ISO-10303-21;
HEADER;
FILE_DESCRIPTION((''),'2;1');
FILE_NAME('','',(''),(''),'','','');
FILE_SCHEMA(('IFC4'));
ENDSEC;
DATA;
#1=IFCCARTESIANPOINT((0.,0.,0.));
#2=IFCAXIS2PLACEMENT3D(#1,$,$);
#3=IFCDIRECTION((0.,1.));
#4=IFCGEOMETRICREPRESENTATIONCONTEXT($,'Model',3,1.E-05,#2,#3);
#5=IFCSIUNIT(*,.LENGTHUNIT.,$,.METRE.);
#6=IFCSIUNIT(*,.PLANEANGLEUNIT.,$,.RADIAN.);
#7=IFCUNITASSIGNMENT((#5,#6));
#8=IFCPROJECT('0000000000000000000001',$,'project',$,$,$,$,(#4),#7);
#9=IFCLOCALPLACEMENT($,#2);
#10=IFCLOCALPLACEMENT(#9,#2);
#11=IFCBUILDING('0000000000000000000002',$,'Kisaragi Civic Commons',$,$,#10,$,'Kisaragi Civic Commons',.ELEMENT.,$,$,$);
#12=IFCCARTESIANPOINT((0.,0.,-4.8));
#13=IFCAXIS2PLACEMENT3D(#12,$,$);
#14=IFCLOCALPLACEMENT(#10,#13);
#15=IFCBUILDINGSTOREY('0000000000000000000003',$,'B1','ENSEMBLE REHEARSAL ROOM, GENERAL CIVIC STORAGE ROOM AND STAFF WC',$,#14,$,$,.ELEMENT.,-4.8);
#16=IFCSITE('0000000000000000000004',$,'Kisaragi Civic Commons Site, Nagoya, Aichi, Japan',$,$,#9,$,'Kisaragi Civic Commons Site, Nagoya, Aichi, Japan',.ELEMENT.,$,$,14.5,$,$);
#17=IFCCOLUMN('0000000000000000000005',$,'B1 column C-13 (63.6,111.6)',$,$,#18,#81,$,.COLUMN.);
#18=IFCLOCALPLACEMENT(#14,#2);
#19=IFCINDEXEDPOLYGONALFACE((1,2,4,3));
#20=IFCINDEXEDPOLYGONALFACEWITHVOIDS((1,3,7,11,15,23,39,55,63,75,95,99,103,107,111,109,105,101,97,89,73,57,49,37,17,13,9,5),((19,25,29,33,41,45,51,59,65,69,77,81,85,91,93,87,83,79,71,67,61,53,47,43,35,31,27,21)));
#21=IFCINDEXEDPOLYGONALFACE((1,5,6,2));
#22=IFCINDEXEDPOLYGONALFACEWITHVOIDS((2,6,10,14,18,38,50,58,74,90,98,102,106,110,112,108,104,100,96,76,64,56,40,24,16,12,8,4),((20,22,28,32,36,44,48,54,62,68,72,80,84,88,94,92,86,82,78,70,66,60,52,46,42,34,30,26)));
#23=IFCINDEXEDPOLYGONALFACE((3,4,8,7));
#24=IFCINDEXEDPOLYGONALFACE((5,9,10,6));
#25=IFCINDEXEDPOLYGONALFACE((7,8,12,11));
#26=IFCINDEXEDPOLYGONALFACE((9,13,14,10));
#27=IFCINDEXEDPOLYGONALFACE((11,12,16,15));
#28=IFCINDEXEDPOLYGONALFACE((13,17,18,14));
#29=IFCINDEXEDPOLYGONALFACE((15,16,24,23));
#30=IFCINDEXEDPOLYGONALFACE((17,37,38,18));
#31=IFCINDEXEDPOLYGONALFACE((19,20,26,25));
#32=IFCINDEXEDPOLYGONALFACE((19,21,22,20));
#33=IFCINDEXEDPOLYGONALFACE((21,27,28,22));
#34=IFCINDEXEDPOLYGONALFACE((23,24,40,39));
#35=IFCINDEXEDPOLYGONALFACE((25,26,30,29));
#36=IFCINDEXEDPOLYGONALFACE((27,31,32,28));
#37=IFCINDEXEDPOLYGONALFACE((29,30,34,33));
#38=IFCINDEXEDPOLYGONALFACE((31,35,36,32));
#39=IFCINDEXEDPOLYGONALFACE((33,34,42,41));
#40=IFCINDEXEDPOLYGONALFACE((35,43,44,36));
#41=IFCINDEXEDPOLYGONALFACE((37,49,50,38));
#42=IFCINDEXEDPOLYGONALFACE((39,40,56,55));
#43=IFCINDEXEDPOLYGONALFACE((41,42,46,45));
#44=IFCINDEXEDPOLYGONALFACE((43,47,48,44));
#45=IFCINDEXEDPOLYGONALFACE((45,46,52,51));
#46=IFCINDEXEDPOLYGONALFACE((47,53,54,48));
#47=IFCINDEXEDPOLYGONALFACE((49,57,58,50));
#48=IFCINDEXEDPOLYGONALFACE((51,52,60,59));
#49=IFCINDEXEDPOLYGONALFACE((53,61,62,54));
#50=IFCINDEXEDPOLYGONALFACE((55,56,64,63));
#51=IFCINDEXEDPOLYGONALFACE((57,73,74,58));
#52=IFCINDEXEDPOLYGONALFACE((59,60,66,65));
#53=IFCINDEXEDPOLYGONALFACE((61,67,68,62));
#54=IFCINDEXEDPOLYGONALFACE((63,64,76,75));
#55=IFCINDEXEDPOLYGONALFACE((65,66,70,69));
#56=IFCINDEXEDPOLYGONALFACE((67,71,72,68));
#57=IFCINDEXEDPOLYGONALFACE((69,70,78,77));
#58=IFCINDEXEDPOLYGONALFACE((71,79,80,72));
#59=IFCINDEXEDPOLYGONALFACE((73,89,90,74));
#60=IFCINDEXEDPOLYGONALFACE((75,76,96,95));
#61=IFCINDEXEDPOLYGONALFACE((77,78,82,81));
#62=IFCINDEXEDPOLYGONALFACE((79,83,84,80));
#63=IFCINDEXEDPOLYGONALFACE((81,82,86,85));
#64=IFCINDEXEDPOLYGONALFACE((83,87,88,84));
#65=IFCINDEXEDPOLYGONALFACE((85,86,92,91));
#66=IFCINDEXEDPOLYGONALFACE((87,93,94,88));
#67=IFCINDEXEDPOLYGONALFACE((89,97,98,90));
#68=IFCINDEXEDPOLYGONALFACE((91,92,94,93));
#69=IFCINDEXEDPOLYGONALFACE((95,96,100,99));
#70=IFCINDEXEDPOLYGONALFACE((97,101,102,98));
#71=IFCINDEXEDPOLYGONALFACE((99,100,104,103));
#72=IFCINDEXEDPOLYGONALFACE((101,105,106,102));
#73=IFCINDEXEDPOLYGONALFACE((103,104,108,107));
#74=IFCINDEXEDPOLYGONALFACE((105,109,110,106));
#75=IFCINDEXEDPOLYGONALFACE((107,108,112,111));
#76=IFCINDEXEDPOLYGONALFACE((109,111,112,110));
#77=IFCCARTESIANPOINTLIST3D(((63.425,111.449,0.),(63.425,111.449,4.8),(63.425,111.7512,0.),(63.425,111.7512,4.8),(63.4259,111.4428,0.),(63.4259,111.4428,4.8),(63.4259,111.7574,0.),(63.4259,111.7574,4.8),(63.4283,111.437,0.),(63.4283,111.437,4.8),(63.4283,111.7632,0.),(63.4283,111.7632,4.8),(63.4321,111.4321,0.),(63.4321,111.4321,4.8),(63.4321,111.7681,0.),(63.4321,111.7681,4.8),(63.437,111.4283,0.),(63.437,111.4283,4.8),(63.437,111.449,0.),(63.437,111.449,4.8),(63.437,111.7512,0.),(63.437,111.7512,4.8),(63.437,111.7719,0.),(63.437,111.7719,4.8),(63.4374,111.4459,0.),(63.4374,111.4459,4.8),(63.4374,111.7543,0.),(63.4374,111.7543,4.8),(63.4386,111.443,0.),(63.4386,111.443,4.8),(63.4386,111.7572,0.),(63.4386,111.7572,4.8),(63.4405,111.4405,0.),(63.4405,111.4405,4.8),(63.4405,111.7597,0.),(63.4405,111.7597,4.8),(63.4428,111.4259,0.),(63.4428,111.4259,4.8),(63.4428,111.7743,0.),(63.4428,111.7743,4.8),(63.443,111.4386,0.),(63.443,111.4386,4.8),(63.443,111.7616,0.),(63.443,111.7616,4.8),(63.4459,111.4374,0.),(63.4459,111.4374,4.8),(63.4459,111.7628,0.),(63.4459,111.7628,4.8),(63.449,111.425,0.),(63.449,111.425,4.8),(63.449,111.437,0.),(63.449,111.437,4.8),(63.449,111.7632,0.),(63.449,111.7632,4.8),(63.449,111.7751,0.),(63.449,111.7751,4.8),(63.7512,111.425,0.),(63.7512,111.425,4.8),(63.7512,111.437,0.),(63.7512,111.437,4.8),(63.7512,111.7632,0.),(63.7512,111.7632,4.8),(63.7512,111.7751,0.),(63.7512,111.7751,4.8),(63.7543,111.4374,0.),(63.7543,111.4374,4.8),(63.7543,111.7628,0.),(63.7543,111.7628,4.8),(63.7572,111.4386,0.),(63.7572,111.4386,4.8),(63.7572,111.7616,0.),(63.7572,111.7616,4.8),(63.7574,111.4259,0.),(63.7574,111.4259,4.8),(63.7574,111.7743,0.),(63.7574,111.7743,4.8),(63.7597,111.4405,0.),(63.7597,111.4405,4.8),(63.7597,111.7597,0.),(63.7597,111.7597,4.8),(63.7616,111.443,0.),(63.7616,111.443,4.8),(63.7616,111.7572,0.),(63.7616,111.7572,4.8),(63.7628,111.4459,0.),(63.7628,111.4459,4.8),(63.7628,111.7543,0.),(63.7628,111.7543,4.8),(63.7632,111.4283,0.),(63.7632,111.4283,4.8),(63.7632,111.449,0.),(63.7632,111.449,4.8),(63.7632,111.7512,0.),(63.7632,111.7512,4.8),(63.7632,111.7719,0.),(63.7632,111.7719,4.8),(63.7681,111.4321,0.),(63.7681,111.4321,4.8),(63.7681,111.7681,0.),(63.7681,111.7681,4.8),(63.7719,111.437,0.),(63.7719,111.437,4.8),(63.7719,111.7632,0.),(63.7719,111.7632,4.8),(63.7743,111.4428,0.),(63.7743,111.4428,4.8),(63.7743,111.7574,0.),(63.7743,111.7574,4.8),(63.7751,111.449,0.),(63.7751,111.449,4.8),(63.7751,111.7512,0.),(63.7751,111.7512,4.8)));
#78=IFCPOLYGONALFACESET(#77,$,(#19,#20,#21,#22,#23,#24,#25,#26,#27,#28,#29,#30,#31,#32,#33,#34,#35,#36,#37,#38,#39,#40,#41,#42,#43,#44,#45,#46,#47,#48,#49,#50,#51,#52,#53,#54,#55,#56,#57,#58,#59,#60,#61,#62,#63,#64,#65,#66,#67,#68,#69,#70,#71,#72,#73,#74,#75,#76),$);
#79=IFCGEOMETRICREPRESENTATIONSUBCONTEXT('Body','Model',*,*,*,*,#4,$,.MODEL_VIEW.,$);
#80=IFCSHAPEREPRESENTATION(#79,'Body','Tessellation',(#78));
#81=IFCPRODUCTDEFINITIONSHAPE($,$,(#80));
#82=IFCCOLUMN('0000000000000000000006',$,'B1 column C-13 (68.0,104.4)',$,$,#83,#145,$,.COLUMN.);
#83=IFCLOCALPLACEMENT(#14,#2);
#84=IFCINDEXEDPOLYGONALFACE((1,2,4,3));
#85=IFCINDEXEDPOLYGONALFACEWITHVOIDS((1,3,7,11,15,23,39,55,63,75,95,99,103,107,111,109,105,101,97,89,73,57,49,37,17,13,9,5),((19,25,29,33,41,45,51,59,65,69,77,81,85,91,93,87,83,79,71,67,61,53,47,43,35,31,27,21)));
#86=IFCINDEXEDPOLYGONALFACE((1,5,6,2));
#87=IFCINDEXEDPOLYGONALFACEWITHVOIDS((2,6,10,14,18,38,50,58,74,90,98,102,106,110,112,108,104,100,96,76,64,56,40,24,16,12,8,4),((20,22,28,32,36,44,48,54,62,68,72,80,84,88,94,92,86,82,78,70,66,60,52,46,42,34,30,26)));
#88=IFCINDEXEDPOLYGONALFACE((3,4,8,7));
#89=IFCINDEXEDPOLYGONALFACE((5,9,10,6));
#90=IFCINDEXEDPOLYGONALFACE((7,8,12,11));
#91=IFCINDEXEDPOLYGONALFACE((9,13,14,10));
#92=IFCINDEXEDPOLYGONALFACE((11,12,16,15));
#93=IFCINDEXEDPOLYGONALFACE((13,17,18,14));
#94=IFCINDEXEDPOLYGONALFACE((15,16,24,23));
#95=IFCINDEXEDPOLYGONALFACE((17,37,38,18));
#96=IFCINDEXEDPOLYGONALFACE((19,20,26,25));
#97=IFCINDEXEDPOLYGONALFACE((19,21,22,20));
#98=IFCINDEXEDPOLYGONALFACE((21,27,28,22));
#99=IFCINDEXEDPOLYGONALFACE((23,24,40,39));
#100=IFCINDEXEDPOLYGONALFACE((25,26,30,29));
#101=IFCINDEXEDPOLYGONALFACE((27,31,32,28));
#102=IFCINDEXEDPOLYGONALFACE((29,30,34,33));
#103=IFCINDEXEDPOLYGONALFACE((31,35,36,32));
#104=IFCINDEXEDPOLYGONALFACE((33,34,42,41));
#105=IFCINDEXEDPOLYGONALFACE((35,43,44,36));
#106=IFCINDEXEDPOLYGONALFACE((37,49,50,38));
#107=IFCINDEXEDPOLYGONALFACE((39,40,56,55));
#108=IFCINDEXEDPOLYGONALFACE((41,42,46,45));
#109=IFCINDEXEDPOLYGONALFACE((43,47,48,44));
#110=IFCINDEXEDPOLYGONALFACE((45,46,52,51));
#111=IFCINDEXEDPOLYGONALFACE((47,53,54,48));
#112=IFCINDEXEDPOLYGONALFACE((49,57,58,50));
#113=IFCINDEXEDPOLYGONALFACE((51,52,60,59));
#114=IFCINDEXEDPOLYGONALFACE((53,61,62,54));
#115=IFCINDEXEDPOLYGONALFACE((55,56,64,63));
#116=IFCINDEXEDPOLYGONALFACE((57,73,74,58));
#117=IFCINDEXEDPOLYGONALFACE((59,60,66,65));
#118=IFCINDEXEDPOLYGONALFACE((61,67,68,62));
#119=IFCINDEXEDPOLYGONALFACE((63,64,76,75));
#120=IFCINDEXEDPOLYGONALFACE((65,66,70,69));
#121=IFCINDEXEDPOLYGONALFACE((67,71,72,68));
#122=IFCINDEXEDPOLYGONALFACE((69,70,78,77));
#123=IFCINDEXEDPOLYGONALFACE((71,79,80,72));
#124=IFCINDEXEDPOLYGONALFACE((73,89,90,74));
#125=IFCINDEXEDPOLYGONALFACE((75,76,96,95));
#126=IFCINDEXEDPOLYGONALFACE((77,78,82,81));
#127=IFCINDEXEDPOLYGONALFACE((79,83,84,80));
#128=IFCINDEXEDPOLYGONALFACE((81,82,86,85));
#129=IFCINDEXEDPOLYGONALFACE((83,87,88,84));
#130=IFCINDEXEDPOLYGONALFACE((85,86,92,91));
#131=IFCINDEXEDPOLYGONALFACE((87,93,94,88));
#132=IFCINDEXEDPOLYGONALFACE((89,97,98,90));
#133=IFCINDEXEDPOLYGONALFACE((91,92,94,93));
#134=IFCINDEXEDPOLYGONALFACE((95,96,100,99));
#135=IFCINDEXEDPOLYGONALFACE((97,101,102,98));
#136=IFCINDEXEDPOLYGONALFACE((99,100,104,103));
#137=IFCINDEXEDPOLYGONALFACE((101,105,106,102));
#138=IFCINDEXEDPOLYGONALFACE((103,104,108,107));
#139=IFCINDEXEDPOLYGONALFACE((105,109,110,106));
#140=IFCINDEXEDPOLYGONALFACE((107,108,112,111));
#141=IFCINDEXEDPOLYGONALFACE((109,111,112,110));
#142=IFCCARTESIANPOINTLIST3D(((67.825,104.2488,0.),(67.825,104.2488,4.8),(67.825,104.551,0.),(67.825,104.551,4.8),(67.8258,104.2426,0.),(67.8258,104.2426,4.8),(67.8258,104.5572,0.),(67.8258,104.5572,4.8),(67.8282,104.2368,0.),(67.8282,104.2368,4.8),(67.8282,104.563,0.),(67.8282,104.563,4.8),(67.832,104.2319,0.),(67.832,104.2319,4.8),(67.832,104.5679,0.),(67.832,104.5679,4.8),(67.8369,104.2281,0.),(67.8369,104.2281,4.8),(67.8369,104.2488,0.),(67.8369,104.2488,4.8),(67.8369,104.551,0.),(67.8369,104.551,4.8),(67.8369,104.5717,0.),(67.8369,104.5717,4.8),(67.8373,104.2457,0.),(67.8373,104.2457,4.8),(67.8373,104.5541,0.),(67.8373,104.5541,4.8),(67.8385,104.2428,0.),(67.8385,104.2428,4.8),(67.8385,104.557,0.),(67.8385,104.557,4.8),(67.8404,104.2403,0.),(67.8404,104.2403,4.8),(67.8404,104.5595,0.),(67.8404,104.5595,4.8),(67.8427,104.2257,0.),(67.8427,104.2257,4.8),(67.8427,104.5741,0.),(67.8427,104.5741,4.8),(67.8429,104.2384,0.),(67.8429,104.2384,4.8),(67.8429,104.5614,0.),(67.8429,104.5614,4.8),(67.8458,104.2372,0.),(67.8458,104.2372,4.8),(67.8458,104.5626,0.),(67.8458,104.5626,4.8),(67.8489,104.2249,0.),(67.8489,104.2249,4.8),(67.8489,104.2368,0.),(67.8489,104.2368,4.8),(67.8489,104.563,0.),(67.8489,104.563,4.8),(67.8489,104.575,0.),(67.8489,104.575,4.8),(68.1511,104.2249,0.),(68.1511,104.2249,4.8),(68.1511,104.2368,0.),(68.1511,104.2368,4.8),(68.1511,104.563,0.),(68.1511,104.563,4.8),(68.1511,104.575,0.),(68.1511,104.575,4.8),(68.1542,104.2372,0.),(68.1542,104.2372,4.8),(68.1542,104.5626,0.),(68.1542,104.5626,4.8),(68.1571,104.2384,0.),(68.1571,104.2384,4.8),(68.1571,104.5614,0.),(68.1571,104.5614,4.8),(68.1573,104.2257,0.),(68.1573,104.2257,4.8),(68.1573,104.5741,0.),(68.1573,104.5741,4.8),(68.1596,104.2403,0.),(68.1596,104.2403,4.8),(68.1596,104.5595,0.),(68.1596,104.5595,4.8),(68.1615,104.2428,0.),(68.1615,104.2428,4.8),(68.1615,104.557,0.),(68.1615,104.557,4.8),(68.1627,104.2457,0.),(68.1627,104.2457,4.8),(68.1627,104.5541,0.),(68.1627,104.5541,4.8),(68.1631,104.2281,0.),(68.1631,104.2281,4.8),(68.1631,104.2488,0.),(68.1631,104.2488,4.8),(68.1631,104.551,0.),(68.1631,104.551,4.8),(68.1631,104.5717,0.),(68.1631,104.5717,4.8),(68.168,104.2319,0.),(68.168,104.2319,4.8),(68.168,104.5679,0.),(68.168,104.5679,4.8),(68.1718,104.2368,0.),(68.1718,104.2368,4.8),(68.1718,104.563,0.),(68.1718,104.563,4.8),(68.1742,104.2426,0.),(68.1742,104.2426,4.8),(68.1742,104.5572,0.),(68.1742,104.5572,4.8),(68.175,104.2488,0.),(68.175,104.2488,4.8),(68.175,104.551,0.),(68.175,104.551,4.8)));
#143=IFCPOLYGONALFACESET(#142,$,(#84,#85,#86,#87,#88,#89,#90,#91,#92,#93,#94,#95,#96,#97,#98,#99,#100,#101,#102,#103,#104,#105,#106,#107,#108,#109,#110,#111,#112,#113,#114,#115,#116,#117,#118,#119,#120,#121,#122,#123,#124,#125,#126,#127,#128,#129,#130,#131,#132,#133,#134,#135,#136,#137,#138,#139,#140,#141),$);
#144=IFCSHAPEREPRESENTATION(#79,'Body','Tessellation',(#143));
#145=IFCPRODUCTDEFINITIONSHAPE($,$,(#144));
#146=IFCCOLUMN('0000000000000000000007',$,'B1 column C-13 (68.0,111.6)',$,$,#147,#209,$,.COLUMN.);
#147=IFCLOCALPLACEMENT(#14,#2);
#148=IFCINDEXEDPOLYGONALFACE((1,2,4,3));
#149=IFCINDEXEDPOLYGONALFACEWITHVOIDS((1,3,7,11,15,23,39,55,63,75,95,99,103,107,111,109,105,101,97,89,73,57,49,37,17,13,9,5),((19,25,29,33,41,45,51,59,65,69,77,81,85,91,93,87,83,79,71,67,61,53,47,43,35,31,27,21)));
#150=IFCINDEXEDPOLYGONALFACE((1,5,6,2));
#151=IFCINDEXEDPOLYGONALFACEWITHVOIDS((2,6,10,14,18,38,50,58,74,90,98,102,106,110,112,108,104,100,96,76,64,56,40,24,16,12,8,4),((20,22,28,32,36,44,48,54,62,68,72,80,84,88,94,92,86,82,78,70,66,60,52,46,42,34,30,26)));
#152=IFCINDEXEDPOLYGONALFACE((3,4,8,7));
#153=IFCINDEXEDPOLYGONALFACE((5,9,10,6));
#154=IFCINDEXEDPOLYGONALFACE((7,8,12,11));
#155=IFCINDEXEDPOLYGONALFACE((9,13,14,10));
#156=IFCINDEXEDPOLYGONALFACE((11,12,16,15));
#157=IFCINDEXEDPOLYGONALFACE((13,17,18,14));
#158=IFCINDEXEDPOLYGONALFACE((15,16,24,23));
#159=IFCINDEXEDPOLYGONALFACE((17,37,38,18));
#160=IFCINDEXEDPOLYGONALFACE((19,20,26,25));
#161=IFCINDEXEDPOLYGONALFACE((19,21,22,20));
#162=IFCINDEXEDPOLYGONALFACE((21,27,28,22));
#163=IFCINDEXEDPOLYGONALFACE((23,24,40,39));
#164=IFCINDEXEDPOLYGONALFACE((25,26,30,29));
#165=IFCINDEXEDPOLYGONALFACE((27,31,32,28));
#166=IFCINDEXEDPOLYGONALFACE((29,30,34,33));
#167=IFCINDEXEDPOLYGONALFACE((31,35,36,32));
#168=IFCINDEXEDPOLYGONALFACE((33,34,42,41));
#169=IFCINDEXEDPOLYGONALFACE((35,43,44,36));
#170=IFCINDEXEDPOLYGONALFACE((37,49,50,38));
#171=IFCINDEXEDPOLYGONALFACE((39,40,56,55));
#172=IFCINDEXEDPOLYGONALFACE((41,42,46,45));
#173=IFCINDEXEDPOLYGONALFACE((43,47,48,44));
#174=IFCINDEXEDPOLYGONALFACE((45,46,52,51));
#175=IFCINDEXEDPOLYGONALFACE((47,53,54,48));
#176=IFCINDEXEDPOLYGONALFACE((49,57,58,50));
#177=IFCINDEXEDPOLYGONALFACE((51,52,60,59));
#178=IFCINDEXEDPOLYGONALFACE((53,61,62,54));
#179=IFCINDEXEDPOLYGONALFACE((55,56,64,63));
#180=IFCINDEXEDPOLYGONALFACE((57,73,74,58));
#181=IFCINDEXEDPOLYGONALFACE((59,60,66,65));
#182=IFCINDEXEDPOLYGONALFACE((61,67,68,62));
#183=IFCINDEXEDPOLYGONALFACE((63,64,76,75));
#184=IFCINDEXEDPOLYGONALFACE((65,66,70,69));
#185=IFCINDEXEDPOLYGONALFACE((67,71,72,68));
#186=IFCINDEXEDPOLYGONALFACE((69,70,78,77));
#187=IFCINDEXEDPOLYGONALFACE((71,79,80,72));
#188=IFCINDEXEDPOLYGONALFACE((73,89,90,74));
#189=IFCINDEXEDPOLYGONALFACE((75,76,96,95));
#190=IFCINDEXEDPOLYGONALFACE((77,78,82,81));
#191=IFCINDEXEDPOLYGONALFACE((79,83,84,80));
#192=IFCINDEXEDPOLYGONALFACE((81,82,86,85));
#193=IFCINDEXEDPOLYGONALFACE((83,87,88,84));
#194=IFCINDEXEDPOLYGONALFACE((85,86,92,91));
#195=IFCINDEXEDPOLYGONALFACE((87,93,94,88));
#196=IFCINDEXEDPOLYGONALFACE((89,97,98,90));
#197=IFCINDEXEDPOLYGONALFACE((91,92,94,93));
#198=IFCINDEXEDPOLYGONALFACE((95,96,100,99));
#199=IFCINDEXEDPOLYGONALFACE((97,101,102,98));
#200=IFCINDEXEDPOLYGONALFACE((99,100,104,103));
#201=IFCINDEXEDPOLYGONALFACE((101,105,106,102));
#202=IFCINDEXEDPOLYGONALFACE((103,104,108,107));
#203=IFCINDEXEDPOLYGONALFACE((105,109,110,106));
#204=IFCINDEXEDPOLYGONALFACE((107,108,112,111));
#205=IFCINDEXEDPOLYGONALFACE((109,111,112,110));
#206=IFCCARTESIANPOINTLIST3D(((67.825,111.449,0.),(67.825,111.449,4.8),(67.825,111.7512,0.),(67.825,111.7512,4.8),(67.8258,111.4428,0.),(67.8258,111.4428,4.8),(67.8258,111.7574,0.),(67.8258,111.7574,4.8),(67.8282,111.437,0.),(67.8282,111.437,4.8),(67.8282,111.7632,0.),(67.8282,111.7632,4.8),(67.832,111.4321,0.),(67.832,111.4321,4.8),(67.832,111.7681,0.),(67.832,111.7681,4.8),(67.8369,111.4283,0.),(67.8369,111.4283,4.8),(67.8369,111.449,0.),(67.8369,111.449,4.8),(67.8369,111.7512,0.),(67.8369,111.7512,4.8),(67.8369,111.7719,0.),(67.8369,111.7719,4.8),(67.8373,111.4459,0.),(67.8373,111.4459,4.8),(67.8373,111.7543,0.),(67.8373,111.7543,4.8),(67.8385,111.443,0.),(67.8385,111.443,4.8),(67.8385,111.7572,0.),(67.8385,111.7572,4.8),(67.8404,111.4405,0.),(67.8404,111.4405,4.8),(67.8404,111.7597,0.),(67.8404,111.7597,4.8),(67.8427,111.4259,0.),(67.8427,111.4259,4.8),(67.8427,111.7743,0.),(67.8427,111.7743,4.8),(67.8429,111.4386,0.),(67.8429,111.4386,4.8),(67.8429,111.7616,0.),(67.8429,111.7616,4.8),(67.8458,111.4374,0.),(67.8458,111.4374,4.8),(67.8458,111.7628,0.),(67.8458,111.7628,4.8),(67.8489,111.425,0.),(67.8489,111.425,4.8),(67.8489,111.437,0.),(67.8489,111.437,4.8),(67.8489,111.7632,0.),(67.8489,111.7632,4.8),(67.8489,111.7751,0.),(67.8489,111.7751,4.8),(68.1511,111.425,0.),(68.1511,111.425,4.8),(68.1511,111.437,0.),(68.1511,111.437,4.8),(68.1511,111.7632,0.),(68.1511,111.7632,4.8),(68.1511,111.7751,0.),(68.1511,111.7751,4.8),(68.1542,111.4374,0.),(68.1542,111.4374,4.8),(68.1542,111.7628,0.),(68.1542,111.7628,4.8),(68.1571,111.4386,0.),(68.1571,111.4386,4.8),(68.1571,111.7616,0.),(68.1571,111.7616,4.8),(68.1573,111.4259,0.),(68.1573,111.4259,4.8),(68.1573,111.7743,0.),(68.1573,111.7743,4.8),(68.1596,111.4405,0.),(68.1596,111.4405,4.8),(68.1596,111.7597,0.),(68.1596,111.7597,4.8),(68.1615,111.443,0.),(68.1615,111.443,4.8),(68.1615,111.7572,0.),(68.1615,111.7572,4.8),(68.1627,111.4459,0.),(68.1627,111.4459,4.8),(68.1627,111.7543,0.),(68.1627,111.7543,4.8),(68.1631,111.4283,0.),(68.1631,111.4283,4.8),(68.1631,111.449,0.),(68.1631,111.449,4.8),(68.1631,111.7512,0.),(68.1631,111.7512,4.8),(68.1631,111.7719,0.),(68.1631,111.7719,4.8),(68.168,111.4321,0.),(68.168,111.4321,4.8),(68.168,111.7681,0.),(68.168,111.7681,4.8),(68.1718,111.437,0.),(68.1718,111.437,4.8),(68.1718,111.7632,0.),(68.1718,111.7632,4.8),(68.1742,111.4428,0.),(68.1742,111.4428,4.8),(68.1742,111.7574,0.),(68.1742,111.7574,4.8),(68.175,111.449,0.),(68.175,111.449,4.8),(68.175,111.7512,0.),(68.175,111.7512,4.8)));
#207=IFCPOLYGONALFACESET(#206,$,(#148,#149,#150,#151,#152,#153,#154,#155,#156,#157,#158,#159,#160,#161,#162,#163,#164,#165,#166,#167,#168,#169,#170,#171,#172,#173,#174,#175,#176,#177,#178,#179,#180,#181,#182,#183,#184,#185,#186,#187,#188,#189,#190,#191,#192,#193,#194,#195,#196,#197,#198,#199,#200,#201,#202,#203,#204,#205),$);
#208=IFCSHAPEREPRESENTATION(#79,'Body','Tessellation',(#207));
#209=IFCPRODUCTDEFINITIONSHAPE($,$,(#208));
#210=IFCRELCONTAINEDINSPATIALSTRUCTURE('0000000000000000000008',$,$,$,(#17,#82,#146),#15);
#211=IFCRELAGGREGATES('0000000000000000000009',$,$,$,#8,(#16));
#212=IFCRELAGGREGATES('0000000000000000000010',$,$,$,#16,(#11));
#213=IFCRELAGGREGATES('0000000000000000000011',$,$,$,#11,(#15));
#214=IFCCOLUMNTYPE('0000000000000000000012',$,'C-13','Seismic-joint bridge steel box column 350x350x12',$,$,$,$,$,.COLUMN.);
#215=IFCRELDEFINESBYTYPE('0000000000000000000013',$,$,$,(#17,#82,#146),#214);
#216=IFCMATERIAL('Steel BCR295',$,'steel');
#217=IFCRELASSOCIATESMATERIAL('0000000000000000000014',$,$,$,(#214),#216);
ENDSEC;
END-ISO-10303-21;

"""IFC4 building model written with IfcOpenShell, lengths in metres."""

from ifc_helpers import new_model, si_unit, direction, frame, origin, origin_2d, place, context, subcontext, project, spatial, hollow_rectangle, extrude, material, material_profile, profile_set, type_object, element, save


model = new_model("IFC4")

# Units and contexts
model_context = context("Model", 3, precision=1e-05, world=origin(), true_north=direction((0.0, 1.0)))
body_context = subcontext(model_context, "Body", "Model", "MODEL_VIEW")
ifc_project = project(units=[si_unit("LENGTHUNIT", "METRE"), si_unit("PLANEANGLEUNIT", "RADIAN")], contexts=[model_context])

# Site, building, storey
site_placement = place(None, origin())
site = spatial("IfcSite", under=ifc_project, at=site_placement, Name="Kisaragi Civic Commons Site, Nagoya, Aichi, Japan", LongName="Kisaragi Civic Commons Site, Nagoya, Aichi, Japan", CompositionType="ELEMENT", RefElevation=14.5)
building_placement = place(site_placement, origin())
building = spatial("IfcBuilding", under=site, at=building_placement, Name="Kisaragi Civic Commons", LongName="Kisaragi Civic Commons", CompositionType="ELEMENT")
storey_placement = place(building_placement, frame((0.0, 0.0, -4.8)))
storey = spatial("IfcBuildingStorey", under=building, at=storey_placement, Name="B1", Description="ENSEMBLE REHEARSAL ROOM, GENERAL CIVIC STORAGE ROOM AND STAFF WC", CompositionType="ELEMENT", Elevation=-4.8)

# Columns
ifc_material_1 = material(Name="Steel BCR295", Category="steel")
ifc_material_profile_1 = material_profile(ifc_material_1, hollow_rectangle(XDim=0.3501, YDim=0.3501, WallThickness=0.012, InnerFilletRadius=0.012, OuterFilletRadius=0.0239, at=origin_2d()), Name="BCR-350x350x12", Category="steel")
ifc_profile_set_1 = profile_set([ifc_material_profile_1], Name="Steel BCR295")
column_type_1 = type_object("IfcColumnType", Name="C-13", Description="Seismic-joint bridge steel box column 350x350x12", PredefinedType="COLUMN", material=ifc_profile_set_1)
for number, where, z_axis, x_axis, name in (
    (1, (63.6001, 111.6001, 0.0), (0.0, 0.0, 1.0), (1.0, 0.0, 0.0), "B1 column C-13 (63.6,111.6)"),
    (2, (68.0, 104.3999, 0.0), (0.0, 0.0, 1.0), (1.0, 0.0, 0.0), "B1 column C-13 (68.0,104.4)"),
    (3, (68.0, 111.6001, 0.0), (0.0, 0.0, 1.0), (1.0, 0.0, 0.0), "B1 column C-13 (68.0,111.6)"),
):
    element("IfcColumn", number, at=place(storey_placement, frame(where, z_axis=z_axis, x_axis=x_axis)), inside=storey, type_object=column_type_1, Name=name, PredefinedType="COLUMN", context=body_context, shape_type="SweptSolid", body=[
        extrude(hollow_rectangle(XDim=0.3501, YDim=0.3501, WallThickness=0.012, InnerFilletRadius=0.012, OuterFilletRadius=0.0239, at=origin_2d()), origin(), (0.0, 0.0, 1.0), 4.8),
    ])

save(model, "model.ifc")
